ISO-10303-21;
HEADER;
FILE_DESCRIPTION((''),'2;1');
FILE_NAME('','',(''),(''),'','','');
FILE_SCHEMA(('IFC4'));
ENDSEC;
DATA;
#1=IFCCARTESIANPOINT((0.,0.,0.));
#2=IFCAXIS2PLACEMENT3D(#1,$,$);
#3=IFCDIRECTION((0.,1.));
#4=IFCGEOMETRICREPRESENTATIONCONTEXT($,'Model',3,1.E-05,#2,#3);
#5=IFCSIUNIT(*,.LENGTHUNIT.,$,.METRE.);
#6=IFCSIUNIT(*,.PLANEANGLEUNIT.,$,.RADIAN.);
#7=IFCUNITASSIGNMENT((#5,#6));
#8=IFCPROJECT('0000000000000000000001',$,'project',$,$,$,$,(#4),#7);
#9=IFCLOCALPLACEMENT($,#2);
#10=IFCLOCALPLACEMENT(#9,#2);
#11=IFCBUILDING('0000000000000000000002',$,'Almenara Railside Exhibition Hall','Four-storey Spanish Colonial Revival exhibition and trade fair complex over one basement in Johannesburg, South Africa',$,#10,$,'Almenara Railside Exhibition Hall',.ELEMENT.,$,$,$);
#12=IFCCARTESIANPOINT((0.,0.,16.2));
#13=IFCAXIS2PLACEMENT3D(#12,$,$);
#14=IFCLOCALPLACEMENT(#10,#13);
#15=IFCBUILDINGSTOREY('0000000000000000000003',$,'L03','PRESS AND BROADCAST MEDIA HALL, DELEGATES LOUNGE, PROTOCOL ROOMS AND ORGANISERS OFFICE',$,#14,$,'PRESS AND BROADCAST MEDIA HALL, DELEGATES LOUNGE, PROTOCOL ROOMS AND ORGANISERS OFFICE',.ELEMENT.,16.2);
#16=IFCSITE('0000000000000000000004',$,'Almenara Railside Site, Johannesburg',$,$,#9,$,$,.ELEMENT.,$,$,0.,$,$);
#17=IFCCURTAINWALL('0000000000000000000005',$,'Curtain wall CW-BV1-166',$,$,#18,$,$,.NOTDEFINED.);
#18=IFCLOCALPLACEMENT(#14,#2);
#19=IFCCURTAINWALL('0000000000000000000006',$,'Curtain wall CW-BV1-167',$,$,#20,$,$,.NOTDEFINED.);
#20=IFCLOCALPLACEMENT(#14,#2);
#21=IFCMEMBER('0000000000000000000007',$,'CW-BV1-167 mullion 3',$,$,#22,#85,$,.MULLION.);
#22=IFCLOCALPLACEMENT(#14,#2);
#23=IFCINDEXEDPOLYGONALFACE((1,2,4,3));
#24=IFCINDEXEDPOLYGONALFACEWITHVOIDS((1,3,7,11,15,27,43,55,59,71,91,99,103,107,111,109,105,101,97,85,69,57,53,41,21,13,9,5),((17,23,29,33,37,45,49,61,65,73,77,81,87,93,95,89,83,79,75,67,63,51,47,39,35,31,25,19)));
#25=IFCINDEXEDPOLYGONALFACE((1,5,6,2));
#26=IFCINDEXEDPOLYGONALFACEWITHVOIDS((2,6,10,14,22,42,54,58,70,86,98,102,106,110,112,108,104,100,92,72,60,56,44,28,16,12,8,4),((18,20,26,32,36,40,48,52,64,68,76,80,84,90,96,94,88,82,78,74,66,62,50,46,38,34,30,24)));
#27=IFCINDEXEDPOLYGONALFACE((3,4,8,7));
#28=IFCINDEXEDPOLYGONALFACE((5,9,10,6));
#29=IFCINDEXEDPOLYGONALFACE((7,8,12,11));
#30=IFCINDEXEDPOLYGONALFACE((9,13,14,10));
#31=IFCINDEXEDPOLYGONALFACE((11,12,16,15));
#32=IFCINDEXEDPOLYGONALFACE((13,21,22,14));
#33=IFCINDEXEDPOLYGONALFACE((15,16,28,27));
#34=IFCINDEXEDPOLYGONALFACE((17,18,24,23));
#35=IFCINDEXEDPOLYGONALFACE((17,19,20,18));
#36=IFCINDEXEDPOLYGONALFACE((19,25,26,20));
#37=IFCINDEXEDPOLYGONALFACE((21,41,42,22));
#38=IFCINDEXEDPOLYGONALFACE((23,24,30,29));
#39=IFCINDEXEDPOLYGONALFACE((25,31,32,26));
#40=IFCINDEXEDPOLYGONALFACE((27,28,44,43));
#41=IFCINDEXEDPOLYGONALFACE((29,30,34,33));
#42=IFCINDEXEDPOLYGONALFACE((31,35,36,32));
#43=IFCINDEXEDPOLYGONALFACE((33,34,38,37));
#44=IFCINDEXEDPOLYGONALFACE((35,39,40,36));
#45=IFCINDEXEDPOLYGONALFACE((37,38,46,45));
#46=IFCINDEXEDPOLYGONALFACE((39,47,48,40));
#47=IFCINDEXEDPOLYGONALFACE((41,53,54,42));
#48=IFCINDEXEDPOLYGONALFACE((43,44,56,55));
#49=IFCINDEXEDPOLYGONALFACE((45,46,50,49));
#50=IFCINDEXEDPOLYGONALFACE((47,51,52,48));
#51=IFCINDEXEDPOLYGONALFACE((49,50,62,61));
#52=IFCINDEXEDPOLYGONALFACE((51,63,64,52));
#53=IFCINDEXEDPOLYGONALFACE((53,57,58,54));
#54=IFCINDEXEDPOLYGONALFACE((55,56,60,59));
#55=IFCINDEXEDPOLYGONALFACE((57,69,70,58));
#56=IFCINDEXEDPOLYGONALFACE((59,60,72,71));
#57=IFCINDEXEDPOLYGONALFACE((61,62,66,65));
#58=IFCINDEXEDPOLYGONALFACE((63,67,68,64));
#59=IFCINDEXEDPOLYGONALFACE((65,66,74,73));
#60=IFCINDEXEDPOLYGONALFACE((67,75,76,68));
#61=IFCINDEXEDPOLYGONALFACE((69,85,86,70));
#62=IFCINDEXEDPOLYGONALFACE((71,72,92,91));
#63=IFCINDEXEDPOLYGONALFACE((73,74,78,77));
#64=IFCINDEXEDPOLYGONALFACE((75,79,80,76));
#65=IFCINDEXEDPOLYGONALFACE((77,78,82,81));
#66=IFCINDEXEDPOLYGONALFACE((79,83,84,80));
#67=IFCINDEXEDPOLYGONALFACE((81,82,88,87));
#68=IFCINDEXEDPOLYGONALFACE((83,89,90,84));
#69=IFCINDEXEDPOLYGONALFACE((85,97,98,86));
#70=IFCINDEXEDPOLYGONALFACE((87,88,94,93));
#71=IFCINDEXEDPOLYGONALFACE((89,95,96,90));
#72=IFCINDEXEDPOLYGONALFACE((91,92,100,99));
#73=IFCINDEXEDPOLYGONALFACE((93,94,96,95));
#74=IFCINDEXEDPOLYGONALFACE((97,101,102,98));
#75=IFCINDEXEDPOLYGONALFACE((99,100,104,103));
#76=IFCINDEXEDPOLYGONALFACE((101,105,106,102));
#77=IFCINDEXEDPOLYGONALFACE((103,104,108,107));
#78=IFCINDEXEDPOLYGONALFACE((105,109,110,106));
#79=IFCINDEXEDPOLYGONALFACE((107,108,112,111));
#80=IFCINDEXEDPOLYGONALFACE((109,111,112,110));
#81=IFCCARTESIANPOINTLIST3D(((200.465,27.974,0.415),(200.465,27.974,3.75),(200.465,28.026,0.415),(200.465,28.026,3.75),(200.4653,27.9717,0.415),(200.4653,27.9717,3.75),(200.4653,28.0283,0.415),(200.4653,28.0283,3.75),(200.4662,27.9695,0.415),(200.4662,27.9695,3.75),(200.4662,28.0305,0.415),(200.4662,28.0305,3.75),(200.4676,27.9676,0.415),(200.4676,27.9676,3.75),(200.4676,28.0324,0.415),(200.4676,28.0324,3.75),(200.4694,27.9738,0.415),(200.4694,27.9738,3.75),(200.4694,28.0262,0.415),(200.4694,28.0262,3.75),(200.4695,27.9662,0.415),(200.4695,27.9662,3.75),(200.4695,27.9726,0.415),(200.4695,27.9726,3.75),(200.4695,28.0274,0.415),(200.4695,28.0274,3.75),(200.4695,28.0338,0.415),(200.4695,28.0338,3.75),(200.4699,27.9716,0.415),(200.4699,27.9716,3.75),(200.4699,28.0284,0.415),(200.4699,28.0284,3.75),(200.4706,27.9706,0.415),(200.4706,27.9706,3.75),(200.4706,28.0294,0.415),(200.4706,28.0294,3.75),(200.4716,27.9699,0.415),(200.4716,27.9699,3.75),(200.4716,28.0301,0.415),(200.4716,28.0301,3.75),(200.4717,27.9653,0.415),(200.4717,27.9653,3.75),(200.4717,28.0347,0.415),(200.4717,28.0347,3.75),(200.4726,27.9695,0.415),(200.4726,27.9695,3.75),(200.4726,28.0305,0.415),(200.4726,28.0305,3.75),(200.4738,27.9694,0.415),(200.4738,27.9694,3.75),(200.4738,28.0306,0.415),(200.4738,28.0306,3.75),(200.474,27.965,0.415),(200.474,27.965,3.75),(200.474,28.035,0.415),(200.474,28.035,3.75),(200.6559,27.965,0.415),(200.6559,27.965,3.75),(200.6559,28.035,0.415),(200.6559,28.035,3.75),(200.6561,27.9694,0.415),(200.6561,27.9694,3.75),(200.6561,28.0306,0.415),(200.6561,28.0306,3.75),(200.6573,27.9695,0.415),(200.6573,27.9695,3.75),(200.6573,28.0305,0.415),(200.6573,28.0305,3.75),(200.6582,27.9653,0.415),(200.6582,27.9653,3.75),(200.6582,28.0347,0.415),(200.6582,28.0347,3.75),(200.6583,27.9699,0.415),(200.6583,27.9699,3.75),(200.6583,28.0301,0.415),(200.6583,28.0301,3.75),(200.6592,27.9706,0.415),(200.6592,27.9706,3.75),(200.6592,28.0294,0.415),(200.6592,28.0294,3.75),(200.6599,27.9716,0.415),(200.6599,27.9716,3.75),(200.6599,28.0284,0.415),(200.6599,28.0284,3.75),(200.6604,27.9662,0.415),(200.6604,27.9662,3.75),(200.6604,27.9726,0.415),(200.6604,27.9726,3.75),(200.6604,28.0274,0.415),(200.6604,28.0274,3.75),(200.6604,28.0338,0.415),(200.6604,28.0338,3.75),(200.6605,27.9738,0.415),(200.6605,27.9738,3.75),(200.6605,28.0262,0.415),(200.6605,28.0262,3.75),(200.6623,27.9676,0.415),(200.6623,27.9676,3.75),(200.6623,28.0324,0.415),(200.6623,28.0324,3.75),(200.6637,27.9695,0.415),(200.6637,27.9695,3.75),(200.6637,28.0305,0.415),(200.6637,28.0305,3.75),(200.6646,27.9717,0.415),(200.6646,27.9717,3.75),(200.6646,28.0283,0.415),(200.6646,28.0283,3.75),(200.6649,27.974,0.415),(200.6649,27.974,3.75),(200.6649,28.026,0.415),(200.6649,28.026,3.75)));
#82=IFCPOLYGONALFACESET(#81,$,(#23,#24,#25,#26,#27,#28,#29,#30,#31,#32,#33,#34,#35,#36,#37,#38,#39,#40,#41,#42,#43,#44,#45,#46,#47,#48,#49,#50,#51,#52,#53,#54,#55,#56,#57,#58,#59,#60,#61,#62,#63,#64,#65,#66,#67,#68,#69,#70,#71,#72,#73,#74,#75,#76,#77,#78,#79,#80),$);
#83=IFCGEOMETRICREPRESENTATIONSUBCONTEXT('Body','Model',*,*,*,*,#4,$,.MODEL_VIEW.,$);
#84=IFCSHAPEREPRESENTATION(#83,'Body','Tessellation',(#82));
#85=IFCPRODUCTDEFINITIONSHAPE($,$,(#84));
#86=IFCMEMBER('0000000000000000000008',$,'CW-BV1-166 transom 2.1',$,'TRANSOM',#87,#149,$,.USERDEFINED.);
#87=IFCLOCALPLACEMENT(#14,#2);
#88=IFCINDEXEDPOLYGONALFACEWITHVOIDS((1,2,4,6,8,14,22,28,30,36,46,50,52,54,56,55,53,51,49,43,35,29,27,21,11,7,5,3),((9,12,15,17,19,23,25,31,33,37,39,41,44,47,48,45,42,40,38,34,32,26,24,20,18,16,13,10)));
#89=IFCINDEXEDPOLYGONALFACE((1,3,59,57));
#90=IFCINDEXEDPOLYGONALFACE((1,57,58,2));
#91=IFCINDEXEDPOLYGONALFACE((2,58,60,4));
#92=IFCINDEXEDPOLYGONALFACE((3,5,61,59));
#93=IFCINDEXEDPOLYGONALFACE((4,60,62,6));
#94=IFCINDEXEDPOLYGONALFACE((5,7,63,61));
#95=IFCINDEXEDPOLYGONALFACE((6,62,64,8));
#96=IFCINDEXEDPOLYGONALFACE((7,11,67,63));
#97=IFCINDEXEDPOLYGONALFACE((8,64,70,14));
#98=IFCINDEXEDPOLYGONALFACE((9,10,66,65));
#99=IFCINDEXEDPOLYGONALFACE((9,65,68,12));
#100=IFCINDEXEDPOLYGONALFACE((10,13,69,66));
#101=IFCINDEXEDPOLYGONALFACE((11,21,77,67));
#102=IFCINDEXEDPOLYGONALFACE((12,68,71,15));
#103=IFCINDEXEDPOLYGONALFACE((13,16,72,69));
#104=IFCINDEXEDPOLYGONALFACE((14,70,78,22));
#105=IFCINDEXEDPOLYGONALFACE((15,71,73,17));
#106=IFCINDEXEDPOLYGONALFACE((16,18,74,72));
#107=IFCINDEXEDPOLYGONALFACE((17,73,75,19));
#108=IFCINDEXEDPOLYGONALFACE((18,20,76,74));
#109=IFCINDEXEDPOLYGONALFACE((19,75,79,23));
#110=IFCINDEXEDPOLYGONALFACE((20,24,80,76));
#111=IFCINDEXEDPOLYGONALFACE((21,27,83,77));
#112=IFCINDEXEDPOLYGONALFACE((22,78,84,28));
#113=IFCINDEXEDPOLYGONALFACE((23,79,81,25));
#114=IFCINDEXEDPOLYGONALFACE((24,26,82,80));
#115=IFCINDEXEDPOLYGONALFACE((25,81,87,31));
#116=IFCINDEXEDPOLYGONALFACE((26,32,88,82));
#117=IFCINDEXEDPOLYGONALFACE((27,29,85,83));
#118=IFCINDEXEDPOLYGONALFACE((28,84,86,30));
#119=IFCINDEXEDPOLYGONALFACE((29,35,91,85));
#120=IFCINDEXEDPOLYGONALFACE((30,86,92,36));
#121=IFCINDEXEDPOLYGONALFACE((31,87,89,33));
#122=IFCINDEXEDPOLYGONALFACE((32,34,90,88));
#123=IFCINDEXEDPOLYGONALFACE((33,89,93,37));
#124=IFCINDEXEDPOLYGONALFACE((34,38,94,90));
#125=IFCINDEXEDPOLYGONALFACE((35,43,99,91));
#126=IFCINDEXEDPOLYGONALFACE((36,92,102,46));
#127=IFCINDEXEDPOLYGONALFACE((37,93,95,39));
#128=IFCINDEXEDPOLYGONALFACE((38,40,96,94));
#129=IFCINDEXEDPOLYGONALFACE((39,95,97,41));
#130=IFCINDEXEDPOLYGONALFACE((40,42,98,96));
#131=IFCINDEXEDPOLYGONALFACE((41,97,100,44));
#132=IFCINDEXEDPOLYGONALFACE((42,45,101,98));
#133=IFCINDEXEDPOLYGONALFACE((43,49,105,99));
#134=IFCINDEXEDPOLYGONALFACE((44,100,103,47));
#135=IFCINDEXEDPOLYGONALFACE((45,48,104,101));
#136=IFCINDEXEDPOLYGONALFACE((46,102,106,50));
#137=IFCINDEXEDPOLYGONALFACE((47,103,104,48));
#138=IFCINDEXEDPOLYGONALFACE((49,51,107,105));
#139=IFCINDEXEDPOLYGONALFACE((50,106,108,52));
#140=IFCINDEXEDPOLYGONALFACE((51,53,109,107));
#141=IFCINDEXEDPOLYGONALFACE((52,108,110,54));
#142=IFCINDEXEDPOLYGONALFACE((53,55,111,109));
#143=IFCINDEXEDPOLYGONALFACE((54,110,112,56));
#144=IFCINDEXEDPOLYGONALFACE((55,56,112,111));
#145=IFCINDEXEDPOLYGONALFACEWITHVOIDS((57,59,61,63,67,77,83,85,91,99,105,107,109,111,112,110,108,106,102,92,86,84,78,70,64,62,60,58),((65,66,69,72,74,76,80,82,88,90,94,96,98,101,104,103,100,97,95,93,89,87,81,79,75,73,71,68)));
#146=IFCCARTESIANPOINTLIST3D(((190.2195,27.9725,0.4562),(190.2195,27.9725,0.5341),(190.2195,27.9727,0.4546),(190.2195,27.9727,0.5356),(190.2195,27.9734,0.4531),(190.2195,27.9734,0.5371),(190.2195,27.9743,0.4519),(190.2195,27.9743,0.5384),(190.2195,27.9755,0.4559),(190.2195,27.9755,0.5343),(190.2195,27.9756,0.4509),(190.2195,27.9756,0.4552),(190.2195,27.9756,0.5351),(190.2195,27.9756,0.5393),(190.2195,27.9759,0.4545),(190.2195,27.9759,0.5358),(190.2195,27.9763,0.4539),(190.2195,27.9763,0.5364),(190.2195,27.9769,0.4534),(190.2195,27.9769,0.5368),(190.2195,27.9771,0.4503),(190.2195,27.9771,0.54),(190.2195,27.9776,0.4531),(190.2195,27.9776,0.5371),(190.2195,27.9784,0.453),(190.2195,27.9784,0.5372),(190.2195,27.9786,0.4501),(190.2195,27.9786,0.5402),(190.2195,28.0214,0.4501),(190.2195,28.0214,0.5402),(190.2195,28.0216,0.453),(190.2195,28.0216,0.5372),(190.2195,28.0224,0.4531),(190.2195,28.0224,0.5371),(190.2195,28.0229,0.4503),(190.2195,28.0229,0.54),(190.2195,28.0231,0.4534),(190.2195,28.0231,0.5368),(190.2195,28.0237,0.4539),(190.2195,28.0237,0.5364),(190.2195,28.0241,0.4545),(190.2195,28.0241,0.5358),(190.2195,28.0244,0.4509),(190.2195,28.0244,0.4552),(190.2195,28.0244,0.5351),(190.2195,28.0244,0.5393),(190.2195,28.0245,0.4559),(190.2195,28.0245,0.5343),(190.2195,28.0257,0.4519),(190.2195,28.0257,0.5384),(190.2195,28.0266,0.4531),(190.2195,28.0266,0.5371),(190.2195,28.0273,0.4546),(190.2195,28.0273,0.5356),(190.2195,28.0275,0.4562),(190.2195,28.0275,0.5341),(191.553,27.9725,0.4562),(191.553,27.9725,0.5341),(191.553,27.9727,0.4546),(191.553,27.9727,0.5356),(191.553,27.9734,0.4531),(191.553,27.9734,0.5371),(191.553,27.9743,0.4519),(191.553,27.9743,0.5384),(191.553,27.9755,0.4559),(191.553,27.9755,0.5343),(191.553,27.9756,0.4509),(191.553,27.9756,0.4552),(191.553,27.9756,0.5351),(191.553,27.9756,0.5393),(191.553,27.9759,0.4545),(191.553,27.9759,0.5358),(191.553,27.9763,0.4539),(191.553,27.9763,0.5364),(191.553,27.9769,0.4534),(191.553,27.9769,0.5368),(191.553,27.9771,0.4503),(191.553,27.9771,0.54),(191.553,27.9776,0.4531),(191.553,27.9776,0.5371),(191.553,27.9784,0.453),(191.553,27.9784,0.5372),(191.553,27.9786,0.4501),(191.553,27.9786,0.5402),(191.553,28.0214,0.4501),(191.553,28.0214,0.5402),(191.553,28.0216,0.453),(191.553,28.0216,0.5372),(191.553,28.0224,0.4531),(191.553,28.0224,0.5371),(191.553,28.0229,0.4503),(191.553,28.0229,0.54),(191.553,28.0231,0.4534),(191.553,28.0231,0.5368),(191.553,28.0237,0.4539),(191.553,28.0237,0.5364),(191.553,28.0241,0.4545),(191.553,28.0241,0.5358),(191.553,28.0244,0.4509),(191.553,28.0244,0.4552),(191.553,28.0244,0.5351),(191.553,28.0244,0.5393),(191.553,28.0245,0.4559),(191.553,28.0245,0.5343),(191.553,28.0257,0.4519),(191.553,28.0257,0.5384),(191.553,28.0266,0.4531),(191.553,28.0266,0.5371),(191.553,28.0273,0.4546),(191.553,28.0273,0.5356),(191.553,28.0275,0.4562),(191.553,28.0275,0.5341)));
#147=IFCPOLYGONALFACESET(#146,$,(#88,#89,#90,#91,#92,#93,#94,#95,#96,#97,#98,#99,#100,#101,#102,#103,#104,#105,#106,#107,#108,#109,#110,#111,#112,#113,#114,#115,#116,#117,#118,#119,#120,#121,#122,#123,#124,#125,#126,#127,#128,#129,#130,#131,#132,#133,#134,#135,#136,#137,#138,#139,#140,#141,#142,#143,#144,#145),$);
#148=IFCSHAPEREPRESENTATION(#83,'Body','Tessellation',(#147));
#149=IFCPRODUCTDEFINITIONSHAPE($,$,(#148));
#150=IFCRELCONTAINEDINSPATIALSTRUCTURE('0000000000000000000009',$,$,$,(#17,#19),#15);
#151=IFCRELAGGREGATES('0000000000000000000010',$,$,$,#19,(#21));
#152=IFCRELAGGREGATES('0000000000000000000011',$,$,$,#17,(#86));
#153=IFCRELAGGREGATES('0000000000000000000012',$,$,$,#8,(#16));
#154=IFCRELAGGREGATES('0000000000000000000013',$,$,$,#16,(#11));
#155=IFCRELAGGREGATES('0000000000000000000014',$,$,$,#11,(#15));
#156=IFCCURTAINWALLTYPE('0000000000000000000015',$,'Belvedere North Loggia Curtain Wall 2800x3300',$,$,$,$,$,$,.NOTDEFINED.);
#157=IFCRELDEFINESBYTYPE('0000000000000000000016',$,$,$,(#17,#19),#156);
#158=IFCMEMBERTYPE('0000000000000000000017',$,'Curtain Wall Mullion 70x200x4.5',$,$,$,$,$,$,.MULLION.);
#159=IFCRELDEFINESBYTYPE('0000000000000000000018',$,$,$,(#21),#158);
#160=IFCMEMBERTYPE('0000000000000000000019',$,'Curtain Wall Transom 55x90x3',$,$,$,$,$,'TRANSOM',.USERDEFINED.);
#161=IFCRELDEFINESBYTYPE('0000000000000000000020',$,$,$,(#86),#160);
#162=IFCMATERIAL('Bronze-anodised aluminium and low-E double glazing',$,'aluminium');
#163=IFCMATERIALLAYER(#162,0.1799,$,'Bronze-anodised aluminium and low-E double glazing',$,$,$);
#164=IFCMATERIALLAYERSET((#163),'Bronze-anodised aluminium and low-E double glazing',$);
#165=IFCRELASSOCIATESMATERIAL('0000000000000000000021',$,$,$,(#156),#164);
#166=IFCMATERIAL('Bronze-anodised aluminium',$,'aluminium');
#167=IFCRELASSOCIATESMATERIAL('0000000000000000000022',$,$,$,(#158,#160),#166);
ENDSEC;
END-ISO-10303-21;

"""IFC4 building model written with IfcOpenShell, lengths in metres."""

from ifc_helpers import new_model, si_unit, direction, frame, origin, origin_2d, place, context, subcontext, project, spatial, hollow_rectangle, extrude, material, layer, layer_set, material_profile, profile_set, type_object, element, aggregate, save


model = new_model("IFC4")

# Units and contexts
model_context = context("Model", 3, precision=1e-05, world=origin(), true_north=direction((0.0, 1.0)))
body_context = subcontext(model_context, "Body", "Model", "MODEL_VIEW")
ifc_project = project(units=[si_unit("LENGTHUNIT", "METRE"), si_unit("PLANEANGLEUNIT", "RADIAN")], contexts=[model_context])

# Site, building, storey
site_placement = place(None, origin())
site = spatial("IfcSite", under=ifc_project, at=site_placement, Name="Almenara Railside Site, Johannesburg", CompositionType="ELEMENT", RefElevation=0.0)
building_placement = place(site_placement, origin())
building = spatial("IfcBuilding", under=site, at=building_placement, Name="Almenara Railside Exhibition Hall", Description="Four-storey Spanish Colonial Revival exhibition and trade fair complex over one basement in Johannesburg, South Africa", LongName="Almenara Railside Exhibition Hall", CompositionType="ELEMENT")
storey_placement = place(building_placement, frame((0.0, 0.0, 16.2)))
storey = spatial("IfcBuildingStorey", under=building, at=storey_placement, Name="L03", Description="PRESS AND BROADCAST MEDIA HALL, DELEGATES LOUNGE, PROTOCOL ROOMS AND ORGANISERS OFFICE", LongName="PRESS AND BROADCAST MEDIA HALL, DELEGATES LOUNGE, PROTOCOL ROOMS AND ORGANISERS OFFICE", CompositionType="ELEMENT", Elevation=16.2)

# Curtain walls, member
ifc_material_1 = material(Name="Bronze-anodised aluminium and low-E double glazing", Category="aluminium")
ifc_layer_1 = layer(ifc_material_1, 0.1799, Name="Bronze-anodised aluminium and low-E double glazing")
ifc_layer_set_1 = layer_set([ifc_layer_1], Name="Bronze-anodised aluminium and low-E double glazing")
curtain_wall_type = type_object("IfcCurtainWallType", Name="Belvedere North Loggia Curtain Wall 2800x3300", PredefinedType="NOTDEFINED", material=ifc_layer_set_1)
curtain_wall_1_placement = place(storey_placement, origin())
curtain_wall_1 = element("IfcCurtainWall", 1, at=curtain_wall_1_placement, inside=storey, type_object=curtain_wall_type, Name="Curtain wall CW-BV1-166", PredefinedType="NOTDEFINED")
ifc_material_2 = material(Name="Bronze-anodised aluminium", Category="aluminium")
curtain_wall_2_placement = place(storey_placement, origin())
curtain_wall_2 = element("IfcCurtainWall", 2, at=curtain_wall_2_placement, inside=storey, type_object=curtain_wall_type, Name="Curtain wall CW-BV1-167", PredefinedType="NOTDEFINED")
ifc_material_profile_1 = material_profile(ifc_material_2, hollow_rectangle(XDim=0.0701, YDim=0.2, WallThickness=0.0044, InnerFilletRadius=0.0044, OuterFilletRadius=0.009, at=origin_2d()), Name="ALU-MUL 70x200x4.5")
ifc_profile_set_1 = profile_set([ifc_material_profile_1], Name="Bronze-anodised aluminium")
member_type_1 = type_object("IfcMemberType", Name="Curtain Wall Mullion 70x200x4.5", PredefinedType="MULLION", material=ifc_profile_set_1)
member_1_placement = place(storey_placement, frame((200.5649, 28.0, 0.415), z_axis=(0.0, 0.0, 1.0), x_axis=(0.0, 1.0, 0.0)))
member_1 = element("IfcMember", 3, at=member_1_placement, type_object=member_type_1, Name="CW-BV1-167 mullion 3", PredefinedType="MULLION", context=body_context, shape_type="SweptSolid", body=[
    extrude(hollow_rectangle(XDim=0.0701, YDim=0.2, WallThickness=0.0044, InnerFilletRadius=0.0044, OuterFilletRadius=0.009, at=origin_2d()), origin(), (0.0, 0.0, 1.0), 3.335),
])

# Member
ifc_material_profile_2 = material_profile(ifc_material_2, hollow_rectangle(XDim=0.0549, YDim=0.0901, WallThickness=0.0029, InnerFilletRadius=0.0029, OuterFilletRadius=0.0061, at=origin_2d()), Name="ALU-TRN 55x90x3")
ifc_profile_set_2 = profile_set([ifc_material_profile_2], Name="Bronze-anodised aluminium")
member_type_2 = type_object("IfcMemberType", Name="Curtain Wall Transom 55x90x3", ElementType="TRANSOM", PredefinedType="USERDEFINED", material=ifc_profile_set_2)
member_2_placement = place(storey_placement, frame((190.2195, 28.0, 0.4951), z_axis=(1.0, 0.0, 0.0), x_axis=(0.0, 1.0, 0.0)))
member_2 = element("IfcMember", 4, at=member_2_placement, type_object=member_type_2, Name="CW-BV1-166 transom 2.1", ObjectType="TRANSOM", PredefinedType="USERDEFINED", context=body_context, shape_type="SweptSolid", body=[
    extrude(hollow_rectangle(XDim=0.0549, YDim=0.0901, WallThickness=0.0029, InnerFilletRadius=0.0029, OuterFilletRadius=0.0061, at=origin_2d()), origin(), (0.0, 0.0, 1.0), 1.3335),
])

aggregate(curtain_wall_2, [member_1])
aggregate(curtain_wall_1, [member_2])

save(model, "model.ifc")
